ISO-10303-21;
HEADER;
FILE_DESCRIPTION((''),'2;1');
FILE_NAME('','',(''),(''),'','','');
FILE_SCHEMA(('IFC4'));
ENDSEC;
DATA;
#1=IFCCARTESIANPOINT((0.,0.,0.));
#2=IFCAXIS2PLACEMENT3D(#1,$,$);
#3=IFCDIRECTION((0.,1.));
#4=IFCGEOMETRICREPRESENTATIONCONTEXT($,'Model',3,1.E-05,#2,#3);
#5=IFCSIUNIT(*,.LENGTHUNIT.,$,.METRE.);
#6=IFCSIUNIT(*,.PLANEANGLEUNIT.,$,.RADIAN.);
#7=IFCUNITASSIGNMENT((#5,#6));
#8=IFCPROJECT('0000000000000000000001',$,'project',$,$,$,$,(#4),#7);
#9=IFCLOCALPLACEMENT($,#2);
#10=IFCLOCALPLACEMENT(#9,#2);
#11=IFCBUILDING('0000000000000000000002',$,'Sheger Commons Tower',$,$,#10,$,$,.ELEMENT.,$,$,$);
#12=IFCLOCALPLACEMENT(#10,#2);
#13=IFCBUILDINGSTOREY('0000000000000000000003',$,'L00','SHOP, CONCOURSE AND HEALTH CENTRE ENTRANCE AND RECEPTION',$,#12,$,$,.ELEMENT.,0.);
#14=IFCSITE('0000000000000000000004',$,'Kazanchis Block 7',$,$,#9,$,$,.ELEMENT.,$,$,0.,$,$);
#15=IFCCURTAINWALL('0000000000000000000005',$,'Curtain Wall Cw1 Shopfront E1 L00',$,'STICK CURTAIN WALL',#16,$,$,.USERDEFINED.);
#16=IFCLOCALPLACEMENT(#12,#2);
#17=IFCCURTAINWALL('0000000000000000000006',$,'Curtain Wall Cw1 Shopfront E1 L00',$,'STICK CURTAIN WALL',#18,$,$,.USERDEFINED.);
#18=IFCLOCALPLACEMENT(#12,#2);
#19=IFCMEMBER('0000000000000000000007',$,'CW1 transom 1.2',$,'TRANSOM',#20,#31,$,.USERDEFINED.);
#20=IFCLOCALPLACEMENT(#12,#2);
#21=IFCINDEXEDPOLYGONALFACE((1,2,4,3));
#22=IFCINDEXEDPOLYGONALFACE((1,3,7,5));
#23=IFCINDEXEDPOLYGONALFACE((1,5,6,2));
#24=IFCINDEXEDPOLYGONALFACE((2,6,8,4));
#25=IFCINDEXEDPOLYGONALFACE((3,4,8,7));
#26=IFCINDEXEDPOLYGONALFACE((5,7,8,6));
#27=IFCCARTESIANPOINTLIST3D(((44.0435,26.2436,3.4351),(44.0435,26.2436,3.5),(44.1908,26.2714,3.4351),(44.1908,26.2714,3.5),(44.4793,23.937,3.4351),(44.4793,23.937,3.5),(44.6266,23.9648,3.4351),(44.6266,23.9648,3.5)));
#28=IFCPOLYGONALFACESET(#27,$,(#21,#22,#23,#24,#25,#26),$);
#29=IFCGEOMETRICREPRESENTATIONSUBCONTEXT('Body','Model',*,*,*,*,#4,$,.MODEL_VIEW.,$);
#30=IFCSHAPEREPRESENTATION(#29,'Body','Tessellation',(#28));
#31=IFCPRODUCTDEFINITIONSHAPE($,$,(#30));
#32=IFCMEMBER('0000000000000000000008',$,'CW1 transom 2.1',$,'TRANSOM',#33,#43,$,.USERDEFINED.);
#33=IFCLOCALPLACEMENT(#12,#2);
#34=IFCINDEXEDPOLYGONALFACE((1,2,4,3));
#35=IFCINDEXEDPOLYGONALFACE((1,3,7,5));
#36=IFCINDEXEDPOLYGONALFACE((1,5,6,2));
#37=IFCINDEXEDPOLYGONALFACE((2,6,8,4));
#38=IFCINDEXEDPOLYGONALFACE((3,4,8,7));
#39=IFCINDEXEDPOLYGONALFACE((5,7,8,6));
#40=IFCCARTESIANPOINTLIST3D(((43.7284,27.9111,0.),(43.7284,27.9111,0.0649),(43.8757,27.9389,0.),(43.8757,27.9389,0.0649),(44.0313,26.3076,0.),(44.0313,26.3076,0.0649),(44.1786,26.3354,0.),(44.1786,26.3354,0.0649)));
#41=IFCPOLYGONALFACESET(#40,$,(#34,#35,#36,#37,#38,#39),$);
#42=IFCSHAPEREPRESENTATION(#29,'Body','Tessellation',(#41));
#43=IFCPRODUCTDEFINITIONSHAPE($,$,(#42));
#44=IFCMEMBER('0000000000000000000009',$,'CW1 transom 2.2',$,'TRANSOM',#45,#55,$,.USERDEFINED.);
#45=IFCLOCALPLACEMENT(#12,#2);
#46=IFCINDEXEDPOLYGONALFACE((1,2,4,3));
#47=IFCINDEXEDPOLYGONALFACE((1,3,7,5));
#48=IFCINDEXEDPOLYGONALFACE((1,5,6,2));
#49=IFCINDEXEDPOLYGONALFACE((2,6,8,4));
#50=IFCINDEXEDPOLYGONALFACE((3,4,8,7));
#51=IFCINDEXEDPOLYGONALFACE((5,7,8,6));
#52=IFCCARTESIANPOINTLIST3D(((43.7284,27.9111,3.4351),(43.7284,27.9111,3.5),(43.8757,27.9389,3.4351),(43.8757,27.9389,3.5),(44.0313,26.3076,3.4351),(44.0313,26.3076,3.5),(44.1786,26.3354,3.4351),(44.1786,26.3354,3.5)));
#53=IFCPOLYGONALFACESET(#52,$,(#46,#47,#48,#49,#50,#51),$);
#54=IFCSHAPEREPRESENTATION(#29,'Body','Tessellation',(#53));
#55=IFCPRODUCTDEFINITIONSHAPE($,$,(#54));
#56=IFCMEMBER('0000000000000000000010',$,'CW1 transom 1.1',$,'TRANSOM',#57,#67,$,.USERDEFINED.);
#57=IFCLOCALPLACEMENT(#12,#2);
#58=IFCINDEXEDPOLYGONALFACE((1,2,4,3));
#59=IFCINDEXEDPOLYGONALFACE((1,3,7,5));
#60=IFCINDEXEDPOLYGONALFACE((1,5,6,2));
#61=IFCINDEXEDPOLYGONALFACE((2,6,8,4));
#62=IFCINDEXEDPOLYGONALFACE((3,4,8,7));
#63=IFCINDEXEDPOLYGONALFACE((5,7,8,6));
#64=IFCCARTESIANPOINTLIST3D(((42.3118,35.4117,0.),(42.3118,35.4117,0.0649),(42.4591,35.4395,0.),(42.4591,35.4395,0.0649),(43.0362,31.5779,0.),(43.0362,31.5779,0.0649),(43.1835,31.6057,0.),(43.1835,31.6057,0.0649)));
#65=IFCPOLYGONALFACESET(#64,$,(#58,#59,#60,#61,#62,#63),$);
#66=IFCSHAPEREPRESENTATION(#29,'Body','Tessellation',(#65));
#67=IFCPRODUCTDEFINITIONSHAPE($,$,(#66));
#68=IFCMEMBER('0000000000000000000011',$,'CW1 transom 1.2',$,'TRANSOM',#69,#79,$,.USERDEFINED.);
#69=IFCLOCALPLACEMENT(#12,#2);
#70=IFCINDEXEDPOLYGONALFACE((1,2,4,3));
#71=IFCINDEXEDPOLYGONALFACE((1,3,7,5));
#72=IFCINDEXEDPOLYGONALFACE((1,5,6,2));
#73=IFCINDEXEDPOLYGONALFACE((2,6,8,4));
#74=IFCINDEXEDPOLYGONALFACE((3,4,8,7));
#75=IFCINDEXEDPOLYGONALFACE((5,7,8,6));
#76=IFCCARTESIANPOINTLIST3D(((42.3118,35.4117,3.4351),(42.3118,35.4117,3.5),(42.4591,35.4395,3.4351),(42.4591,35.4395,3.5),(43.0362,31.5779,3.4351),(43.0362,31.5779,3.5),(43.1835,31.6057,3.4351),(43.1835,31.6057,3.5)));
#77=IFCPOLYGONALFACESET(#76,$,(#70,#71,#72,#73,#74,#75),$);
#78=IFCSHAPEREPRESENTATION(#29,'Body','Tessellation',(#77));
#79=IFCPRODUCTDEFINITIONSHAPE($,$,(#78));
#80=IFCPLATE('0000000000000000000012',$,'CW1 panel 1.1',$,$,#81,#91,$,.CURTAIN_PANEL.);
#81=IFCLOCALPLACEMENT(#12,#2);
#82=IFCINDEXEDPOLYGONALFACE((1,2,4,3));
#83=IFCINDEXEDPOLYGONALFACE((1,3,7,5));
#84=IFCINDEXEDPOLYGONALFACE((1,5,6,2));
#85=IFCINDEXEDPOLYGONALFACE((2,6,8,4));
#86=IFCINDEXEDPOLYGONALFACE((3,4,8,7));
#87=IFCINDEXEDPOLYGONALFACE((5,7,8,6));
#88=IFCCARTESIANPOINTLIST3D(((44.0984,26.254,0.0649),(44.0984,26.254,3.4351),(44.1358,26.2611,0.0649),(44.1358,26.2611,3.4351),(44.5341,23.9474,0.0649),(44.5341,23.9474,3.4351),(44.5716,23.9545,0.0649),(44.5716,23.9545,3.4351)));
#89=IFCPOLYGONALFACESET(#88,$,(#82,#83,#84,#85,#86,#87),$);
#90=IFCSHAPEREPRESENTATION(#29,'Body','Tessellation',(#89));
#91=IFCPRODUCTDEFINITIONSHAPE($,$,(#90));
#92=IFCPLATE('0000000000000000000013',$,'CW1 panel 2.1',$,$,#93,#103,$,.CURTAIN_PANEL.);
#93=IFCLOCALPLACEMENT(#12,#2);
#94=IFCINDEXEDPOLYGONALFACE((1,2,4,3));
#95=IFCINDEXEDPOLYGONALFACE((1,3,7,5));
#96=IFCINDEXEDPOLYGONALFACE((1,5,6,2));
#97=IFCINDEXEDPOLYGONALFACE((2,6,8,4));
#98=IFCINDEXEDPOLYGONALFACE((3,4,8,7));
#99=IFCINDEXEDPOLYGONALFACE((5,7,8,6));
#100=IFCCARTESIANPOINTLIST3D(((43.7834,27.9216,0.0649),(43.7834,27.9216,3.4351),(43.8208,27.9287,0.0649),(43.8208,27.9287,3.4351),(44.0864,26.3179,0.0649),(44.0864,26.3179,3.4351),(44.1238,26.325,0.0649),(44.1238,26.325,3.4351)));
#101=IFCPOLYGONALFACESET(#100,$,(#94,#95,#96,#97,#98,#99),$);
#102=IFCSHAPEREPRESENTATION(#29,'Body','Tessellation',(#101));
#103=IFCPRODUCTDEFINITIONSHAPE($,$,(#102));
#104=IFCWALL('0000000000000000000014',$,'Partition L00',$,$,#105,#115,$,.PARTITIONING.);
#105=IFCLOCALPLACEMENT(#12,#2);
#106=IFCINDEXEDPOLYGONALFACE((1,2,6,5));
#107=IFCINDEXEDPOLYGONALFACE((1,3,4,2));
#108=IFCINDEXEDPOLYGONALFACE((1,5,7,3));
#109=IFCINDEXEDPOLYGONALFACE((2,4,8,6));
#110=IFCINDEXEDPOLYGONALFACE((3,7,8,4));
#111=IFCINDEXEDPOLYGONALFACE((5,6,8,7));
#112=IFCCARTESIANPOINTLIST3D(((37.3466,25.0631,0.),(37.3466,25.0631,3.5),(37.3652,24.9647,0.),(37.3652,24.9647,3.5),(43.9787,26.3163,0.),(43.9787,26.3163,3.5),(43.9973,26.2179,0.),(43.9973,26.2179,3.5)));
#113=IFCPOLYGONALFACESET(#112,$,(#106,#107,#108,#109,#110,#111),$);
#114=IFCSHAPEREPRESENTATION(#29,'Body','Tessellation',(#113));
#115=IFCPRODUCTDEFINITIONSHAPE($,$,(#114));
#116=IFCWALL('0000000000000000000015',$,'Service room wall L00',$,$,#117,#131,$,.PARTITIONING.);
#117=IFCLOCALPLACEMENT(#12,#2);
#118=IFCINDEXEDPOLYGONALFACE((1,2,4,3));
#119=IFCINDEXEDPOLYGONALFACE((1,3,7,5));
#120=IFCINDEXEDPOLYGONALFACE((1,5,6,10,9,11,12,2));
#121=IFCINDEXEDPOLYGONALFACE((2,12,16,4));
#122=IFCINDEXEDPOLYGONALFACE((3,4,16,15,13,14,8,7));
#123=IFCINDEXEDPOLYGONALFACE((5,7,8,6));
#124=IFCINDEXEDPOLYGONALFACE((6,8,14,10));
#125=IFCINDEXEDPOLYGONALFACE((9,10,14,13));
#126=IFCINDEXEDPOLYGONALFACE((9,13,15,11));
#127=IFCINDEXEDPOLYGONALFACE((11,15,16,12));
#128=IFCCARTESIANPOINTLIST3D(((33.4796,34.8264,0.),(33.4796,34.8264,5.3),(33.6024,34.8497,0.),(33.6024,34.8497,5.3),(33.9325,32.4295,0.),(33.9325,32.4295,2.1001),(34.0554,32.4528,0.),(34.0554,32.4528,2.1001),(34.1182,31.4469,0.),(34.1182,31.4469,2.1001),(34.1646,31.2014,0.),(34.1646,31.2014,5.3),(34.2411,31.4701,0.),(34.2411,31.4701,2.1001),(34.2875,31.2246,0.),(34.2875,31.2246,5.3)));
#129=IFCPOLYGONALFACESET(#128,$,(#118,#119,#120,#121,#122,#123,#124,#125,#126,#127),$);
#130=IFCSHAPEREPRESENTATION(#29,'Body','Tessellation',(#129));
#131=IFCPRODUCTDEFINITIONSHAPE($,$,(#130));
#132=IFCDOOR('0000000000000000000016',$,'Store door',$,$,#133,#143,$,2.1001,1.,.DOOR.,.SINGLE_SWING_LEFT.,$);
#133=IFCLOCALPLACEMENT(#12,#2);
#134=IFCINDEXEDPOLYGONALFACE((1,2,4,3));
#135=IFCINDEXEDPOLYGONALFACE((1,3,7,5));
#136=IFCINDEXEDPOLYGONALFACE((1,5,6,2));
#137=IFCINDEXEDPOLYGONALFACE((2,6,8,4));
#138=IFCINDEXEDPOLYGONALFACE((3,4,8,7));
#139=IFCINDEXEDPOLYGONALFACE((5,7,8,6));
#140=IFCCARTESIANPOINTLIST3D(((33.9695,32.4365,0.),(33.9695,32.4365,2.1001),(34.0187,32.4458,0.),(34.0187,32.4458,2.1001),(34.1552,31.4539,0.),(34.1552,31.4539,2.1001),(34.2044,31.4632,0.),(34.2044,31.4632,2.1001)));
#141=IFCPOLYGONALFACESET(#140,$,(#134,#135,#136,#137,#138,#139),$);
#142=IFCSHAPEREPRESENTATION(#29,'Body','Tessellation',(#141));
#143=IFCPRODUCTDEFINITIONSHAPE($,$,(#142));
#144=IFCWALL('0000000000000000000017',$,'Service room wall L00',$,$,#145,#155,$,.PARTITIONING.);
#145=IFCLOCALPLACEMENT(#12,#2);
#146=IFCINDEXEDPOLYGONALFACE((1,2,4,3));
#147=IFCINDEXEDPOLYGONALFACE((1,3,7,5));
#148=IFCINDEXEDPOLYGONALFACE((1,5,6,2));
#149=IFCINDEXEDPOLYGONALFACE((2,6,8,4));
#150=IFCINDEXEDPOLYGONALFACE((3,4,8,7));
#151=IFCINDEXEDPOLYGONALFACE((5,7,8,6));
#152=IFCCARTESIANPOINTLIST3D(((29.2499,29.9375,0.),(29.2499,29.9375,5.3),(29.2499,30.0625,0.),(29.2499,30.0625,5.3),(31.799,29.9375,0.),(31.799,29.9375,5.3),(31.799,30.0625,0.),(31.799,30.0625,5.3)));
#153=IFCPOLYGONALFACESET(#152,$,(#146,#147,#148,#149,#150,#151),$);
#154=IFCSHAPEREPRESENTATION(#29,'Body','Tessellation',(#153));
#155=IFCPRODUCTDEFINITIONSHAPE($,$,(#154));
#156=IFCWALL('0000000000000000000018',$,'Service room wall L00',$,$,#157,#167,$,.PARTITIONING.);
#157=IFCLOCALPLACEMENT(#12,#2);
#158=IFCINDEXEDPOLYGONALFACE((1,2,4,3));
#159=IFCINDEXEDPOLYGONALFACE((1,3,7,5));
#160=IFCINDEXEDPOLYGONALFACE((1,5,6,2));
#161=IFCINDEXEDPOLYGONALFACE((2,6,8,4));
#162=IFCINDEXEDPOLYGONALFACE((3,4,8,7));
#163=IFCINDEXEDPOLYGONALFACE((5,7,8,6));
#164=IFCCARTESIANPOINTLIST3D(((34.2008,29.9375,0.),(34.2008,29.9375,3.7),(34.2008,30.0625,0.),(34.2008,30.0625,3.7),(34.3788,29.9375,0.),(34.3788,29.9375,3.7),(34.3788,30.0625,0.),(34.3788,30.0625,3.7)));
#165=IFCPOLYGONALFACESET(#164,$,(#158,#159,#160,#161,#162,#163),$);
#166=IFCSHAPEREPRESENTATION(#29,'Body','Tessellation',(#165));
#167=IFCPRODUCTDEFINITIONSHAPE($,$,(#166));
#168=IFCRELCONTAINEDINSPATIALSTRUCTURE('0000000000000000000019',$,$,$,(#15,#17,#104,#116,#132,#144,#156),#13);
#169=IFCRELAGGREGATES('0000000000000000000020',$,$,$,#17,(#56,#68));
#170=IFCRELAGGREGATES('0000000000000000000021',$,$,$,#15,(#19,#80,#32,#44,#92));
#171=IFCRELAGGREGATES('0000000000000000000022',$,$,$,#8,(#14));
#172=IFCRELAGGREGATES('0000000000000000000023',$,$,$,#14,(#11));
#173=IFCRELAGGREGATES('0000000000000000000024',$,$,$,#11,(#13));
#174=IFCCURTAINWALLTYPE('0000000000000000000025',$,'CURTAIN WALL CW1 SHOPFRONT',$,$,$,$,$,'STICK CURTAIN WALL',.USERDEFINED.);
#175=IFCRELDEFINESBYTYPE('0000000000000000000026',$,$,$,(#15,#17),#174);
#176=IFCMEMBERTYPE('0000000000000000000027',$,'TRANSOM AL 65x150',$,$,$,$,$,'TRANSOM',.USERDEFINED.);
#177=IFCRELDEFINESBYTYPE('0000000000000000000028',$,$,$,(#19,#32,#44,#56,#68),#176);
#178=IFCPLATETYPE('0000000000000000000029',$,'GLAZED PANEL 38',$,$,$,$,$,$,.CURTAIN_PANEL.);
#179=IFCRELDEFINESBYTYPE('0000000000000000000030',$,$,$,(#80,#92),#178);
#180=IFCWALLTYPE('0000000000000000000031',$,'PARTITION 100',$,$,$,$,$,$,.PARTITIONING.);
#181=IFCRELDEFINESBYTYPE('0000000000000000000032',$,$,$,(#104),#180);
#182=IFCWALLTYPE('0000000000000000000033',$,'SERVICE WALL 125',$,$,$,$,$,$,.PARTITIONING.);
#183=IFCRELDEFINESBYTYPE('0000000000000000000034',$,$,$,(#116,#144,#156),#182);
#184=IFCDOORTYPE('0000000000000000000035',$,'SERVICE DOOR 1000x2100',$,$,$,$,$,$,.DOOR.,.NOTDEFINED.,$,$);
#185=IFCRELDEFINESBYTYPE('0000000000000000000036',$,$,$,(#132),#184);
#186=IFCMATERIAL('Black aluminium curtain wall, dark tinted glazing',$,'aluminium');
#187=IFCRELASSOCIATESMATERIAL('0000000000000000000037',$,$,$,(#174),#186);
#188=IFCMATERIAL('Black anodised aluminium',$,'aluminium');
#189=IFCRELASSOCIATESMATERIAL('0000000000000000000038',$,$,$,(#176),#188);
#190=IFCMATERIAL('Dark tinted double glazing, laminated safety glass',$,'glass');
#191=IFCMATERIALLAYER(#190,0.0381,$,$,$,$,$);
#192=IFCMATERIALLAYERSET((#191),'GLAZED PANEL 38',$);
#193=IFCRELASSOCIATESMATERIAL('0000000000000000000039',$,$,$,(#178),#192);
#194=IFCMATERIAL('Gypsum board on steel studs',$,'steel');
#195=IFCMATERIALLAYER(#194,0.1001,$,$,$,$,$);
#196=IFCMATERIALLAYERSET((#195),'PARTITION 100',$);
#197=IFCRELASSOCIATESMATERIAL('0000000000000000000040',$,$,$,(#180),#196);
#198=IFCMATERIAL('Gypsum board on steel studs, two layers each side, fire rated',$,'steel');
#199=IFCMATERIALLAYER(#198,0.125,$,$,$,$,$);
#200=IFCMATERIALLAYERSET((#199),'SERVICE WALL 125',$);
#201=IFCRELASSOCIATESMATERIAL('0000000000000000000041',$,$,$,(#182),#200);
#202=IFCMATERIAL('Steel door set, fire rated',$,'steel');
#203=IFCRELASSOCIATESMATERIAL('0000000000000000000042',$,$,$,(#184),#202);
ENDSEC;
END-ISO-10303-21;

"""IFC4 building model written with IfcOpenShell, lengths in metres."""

from ifc_helpers import new_model, si_unit, direction, frame, frame_2d, origin, origin_2d, place, context, subcontext, project, spatial, rectangle, extrude, material, layer, layer_set, material_profile, profile_set, type_object, element, fill, aggregate, save


model = new_model("IFC4")

# Units and contexts
model_context = context("Model", 3, precision=1e-05, world=origin(), true_north=direction((0.0, 1.0)))
body_context = subcontext(model_context, "Body", "Model", "MODEL_VIEW")
ifc_project = project(units=[si_unit("LENGTHUNIT", "METRE"), si_unit("PLANEANGLEUNIT", "RADIAN")], contexts=[model_context])

# Site, building, storey
site_placement = place(None, origin())
site = spatial("IfcSite", under=ifc_project, at=site_placement, Name="Kazanchis Block 7", CompositionType="ELEMENT", RefElevation=0.0)
building_placement = place(site_placement, origin())
building = spatial("IfcBuilding", under=site, at=building_placement, Name="Sheger Commons Tower", CompositionType="ELEMENT")
storey_placement = place(building_placement, origin())
storey = spatial("IfcBuildingStorey", under=building, at=storey_placement, Name="L00", Description="SHOP, CONCOURSE AND HEALTH CENTRE ENTRANCE AND RECEPTION", CompositionType="ELEMENT", Elevation=0.0)

# Curtain wall
ifc_material_1 = material(Name="Black aluminium curtain wall, dark tinted glazing", Category="aluminium")
curtain_wall_type = type_object("IfcCurtainWallType", Name="CURTAIN WALL CW1 SHOPFRONT", ElementType="STICK CURTAIN WALL", PredefinedType="USERDEFINED", material=ifc_material_1)
curtain_wall_1_placement = place(storey_placement, origin())
curtain_wall_1 = element("IfcCurtainWall", 1, at=curtain_wall_1_placement, inside=storey, type_object=curtain_wall_type, Name="Curtain Wall Cw1 Shopfront E1 L00", ObjectType="STICK CURTAIN WALL", PredefinedType="USERDEFINED")

# Curtain wall
curtain_wall_2_placement = place(storey_placement, origin())
curtain_wall_2 = element("IfcCurtainWall", 2, at=curtain_wall_2_placement, inside=storey, type_object=curtain_wall_type, Name="Curtain Wall Cw1 Shopfront E1 L00", ObjectType="STICK CURTAIN WALL", PredefinedType="USERDEFINED")

# Members
ifc_material_2 = material(Name="Black anodised aluminium", Category="aluminium")
ifc_material_profile_1 = material_profile(ifc_material_2, rectangle(XDim=0.1499, YDim=0.0649, at=origin_2d()), Name="AL 65x150")
ifc_profile_set_1 = profile_set([ifc_material_profile_1], Name="Black anodised aluminium")
member_type_1 = type_object("IfcMemberType", Name="TRANSOM AL 65x150", ElementType="TRANSOM", PredefinedType="USERDEFINED", material=ifc_profile_set_1)
member_1_placement = place(storey_placement, frame((44.553, 23.9509, 3.4675), z_axis=(-0.185645, 0.982617, 0.0), x_axis=(-0.982617, -0.185645, 0.0)))
member_1 = element("IfcMember", 3, at=member_1_placement, type_object=member_type_1, Name="CW1 transom 1.2", ObjectType="TRANSOM", PredefinedType="USERDEFINED", context=body_context, shape_type="SweptSolid", body=[
    extrude(rectangle(XDim=0.1499, YDim=0.0649, at=origin_2d()), origin(), (0.0, 0.0, 1.0), 2.3474),
])
member_2_placement = place(storey_placement, frame((44.105, 26.3215, 0.0325), z_axis=(-0.185661, 0.982614, 0.0), x_axis=(-0.982614, -0.185661, 0.0)))
member_2 = element("IfcMember", 4, at=member_2_placement, type_object=member_type_1, Name="CW1 transom 2.1", ObjectType="TRANSOM", PredefinedType="USERDEFINED", context=body_context, shape_type="SweptSolid", body=[
    extrude(rectangle(XDim=0.1499, YDim=0.0649, at=origin_2d()), origin(), (0.0, 0.0, 1.0), 1.6318),
])
member_3_placement = place(storey_placement, frame((44.105, 26.3215, 3.4675), z_axis=(-0.185661, 0.982614, 0.0), x_axis=(-0.982614, -0.185661, 0.0)))
member_3 = element("IfcMember", 5, at=member_3_placement, type_object=member_type_1, Name="CW1 transom 2.2", ObjectType="TRANSOM", PredefinedType="USERDEFINED", context=body_context, shape_type="SweptSolid", body=[
    extrude(rectangle(XDim=0.1499, YDim=0.0649, at=origin_2d()), origin(), (0.0, 0.0, 1.0), 1.6318),
])
member_4_placement = place(storey_placement, frame((43.1099, 31.5918, 0.0325), z_axis=(-0.18566, 0.982614, 0.0), x_axis=(-0.982614, -0.18566, 0.0)))
member_4 = element("IfcMember", 6, at=member_4_placement, type_object=member_type_1, Name="CW1 transom 1.1", ObjectType="TRANSOM", PredefinedType="USERDEFINED", context=body_context, shape_type="SweptSolid", body=[
    extrude(rectangle(XDim=0.1499, YDim=0.0649, at=origin_2d()), origin(), (0.0, 0.0, 1.0), 3.9016),
])
member_5_placement = place(storey_placement, frame((43.1099, 31.5918, 3.4675), z_axis=(-0.18566, 0.982614, 0.0), x_axis=(-0.982614, -0.18566, 0.0)))
member_5 = element("IfcMember", 7, at=member_5_placement, type_object=member_type_1, Name="CW1 transom 1.2", ObjectType="TRANSOM", PredefinedType="USERDEFINED", context=body_context, shape_type="SweptSolid", body=[
    extrude(rectangle(XDim=0.1499, YDim=0.0649, at=origin_2d()), origin(), (0.0, 0.0, 1.0), 3.9016),
])
aggregate(curtain_wall_2, [member_4, member_5])

# Plates
ifc_material_3 = material(Name="Dark tinted double glazing, laminated safety glass", Category="glass")
ifc_layer_1 = layer(ifc_material_3, 0.0381)
ifc_layer_set_1 = layer_set([ifc_layer_1], Name="GLAZED PANEL 38")
plate_type = type_object("IfcPlateType", Name="GLAZED PANEL 38", PredefinedType="CURTAIN_PANEL", material=ifc_layer_set_1)
plate_1_placement = place(storey_placement, frame((44.335, 25.1042, 0.0649), z_axis=(0.0, 0.0, 1.0), x_axis=(-0.185648, 0.982616, 0.0)))
plate_1 = element("IfcPlate", 8, at=plate_1_placement, type_object=plate_type, Name="CW1 panel 1.1", PredefinedType="CURTAIN_PANEL", context=body_context, shape_type="SweptSolid", body=[
    extrude(rectangle(XDim=2.3474, YDim=0.0381, at=origin_2d()), origin(), (0.0, 0.0, 1.0), 3.3701),
])
plate_2_placement = place(storey_placement, frame((43.9536, 27.1233, 0.0649), z_axis=(0.0, 0.0, 1.0), x_axis=(-0.185648, 0.982616, 0.0)))
plate_2 = element("IfcPlate", 9, at=plate_2_placement, type_object=plate_type, Name="CW1 panel 2.1", PredefinedType="CURTAIN_PANEL", context=body_context, shape_type="SweptSolid", body=[
    extrude(rectangle(XDim=1.6321, YDim=0.0381, at=origin_2d()), origin(), (0.0, 0.0, 1.0), 3.3701),
])
aggregate(curtain_wall_1, [member_1, plate_1, member_2, member_3, plate_2])

# Wall
ifc_material_4 = material(Name="Gypsum board on steel studs", Category="steel")
ifc_layer_2 = layer(ifc_material_4, 0.1001)
ifc_layer_set_2 = layer_set([ifc_layer_2], Name="PARTITION 100")
wall_type_1 = type_object("IfcWallType", Name="PARTITION 100", PredefinedType="PARTITIONING", material=ifc_layer_set_2)
wall_1_placement = place(storey_placement, frame((43.988, 26.2671, 0.0), z_axis=(0.0, 0.0, 1.0), x_axis=(-0.982612, -0.185671, 0.0)))
element("IfcWall", 10, at=wall_1_placement, inside=storey, type_object=wall_type_1, Name="Partition L00", PredefinedType="PARTITIONING", context=body_context, shape_type="SweptSolid", body=[
    extrude(rectangle(XDim=6.7495, YDim=0.1001, at=frame_2d((3.3748, 0.0))), origin(), (0.0, 0.0, 1.0), 3.5),
])

# Wall, opening, door
ifc_material_5 = material(Name="Gypsum board on steel studs, two layers each side, fire rated", Category="steel")
ifc_layer_3 = layer(ifc_material_5, 0.125)
ifc_layer_set_3 = layer_set([ifc_layer_3], Name="SERVICE WALL 125")
wall_type_2 = type_object("IfcWallType", Name="SERVICE WALL 125", PredefinedType="PARTITIONING", material=ifc_layer_set_3)
wall_2_placement = place(storey_placement, frame((34.2261, 31.2129, 0.0), z_axis=(0.0, 0.0, 1.0), x_axis=(-0.185695, 0.982607, 0.0)))
wall_2 = element("IfcWall", 11, at=wall_2_placement, inside=storey, type_object=wall_type_2, Name="Service room wall L00", PredefinedType="PARTITIONING", context=body_context, shape_type="SweptSolid", body=[
    extrude(rectangle(XDim=3.6892, YDim=0.125, at=frame_2d((1.8447, 0.0))), origin(), (0.0, 0.0, 1.0), 5.3),
])
opening_placement = place(wall_2_placement, frame((0.25, 0.0, 0.0)))
opening = element("IfcOpeningElement", 12, at=opening_placement, cuts=wall_2, PredefinedType="OPENING", context=body_context, shape_type="SweptSolid", body=[
    extrude(rectangle(XDim=1.0, YDim=2.1001, at=frame_2d((0.5, 1.05))), frame((0.0, 0.0725, 0.0), z_axis=(0.0, -1.0, 0.0), x_axis=(1.0, 0.0, 0.0)), (0.0, 0.0, 1.0), 0.145),
])
ifc_material_6 = material(Name="Steel door set, fire rated", Category="steel")
door_type = type_object("IfcDoorType", Name="SERVICE DOOR 1000x2100", OperationType="NOTDEFINED", PredefinedType="DOOR", material=ifc_material_6)
door_placement = place(opening_placement, origin())
door = element("IfcDoor", 13, at=door_placement, inside=storey, type_object=door_type, Name="Store door", OperationType="SINGLE_SWING_LEFT", OverallHeight=2.1001, OverallWidth=1.0, PredefinedType="DOOR", context=body_context, shape_type="SweptSolid", body=[
    extrude(rectangle(XDim=1.0, YDim=2.1001, at=frame_2d((0.5, 1.05))), frame((0.0, 0.0249, 0.0), z_axis=(0.0, -1.0, 0.0), x_axis=(1.0, 0.0, 0.0)), (0.0, 0.0, 1.0), 0.05),
])
fill(opening, door)

# Walls
wall_3_placement = place(storey_placement, frame((29.25, 30.0, 0.0), z_axis=(0.0, 0.0, 1.0), x_axis=(1.0, 0.0, 0.0)))
element("IfcWall", 14, at=wall_3_placement, inside=storey, type_object=wall_type_2, Name="Service room wall L00", PredefinedType="PARTITIONING", context=body_context, shape_type="SweptSolid", body=[
    extrude(rectangle(XDim=2.5491, YDim=0.125, at=frame_2d((1.2744, 0.0))), origin(), (0.0, 0.0, 1.0), 5.3),
])
wall_4_placement = place(storey_placement, frame((34.2009, 30.0, 0.0), z_axis=(0.0, 0.0, 1.0), x_axis=(1.0, 0.0, 0.0)))
element("IfcWall", 15, at=wall_4_placement, inside=storey, type_object=wall_type_2, Name="Service room wall L00", PredefinedType="PARTITIONING", context=body_context, shape_type="SweptSolid", body=[
    extrude(rectangle(XDim=0.178, YDim=0.125, at=frame_2d((0.0889, 0.0))), origin(), (0.0, 0.0, 1.0), 3.7),
])

save(model, "model.ifc")
